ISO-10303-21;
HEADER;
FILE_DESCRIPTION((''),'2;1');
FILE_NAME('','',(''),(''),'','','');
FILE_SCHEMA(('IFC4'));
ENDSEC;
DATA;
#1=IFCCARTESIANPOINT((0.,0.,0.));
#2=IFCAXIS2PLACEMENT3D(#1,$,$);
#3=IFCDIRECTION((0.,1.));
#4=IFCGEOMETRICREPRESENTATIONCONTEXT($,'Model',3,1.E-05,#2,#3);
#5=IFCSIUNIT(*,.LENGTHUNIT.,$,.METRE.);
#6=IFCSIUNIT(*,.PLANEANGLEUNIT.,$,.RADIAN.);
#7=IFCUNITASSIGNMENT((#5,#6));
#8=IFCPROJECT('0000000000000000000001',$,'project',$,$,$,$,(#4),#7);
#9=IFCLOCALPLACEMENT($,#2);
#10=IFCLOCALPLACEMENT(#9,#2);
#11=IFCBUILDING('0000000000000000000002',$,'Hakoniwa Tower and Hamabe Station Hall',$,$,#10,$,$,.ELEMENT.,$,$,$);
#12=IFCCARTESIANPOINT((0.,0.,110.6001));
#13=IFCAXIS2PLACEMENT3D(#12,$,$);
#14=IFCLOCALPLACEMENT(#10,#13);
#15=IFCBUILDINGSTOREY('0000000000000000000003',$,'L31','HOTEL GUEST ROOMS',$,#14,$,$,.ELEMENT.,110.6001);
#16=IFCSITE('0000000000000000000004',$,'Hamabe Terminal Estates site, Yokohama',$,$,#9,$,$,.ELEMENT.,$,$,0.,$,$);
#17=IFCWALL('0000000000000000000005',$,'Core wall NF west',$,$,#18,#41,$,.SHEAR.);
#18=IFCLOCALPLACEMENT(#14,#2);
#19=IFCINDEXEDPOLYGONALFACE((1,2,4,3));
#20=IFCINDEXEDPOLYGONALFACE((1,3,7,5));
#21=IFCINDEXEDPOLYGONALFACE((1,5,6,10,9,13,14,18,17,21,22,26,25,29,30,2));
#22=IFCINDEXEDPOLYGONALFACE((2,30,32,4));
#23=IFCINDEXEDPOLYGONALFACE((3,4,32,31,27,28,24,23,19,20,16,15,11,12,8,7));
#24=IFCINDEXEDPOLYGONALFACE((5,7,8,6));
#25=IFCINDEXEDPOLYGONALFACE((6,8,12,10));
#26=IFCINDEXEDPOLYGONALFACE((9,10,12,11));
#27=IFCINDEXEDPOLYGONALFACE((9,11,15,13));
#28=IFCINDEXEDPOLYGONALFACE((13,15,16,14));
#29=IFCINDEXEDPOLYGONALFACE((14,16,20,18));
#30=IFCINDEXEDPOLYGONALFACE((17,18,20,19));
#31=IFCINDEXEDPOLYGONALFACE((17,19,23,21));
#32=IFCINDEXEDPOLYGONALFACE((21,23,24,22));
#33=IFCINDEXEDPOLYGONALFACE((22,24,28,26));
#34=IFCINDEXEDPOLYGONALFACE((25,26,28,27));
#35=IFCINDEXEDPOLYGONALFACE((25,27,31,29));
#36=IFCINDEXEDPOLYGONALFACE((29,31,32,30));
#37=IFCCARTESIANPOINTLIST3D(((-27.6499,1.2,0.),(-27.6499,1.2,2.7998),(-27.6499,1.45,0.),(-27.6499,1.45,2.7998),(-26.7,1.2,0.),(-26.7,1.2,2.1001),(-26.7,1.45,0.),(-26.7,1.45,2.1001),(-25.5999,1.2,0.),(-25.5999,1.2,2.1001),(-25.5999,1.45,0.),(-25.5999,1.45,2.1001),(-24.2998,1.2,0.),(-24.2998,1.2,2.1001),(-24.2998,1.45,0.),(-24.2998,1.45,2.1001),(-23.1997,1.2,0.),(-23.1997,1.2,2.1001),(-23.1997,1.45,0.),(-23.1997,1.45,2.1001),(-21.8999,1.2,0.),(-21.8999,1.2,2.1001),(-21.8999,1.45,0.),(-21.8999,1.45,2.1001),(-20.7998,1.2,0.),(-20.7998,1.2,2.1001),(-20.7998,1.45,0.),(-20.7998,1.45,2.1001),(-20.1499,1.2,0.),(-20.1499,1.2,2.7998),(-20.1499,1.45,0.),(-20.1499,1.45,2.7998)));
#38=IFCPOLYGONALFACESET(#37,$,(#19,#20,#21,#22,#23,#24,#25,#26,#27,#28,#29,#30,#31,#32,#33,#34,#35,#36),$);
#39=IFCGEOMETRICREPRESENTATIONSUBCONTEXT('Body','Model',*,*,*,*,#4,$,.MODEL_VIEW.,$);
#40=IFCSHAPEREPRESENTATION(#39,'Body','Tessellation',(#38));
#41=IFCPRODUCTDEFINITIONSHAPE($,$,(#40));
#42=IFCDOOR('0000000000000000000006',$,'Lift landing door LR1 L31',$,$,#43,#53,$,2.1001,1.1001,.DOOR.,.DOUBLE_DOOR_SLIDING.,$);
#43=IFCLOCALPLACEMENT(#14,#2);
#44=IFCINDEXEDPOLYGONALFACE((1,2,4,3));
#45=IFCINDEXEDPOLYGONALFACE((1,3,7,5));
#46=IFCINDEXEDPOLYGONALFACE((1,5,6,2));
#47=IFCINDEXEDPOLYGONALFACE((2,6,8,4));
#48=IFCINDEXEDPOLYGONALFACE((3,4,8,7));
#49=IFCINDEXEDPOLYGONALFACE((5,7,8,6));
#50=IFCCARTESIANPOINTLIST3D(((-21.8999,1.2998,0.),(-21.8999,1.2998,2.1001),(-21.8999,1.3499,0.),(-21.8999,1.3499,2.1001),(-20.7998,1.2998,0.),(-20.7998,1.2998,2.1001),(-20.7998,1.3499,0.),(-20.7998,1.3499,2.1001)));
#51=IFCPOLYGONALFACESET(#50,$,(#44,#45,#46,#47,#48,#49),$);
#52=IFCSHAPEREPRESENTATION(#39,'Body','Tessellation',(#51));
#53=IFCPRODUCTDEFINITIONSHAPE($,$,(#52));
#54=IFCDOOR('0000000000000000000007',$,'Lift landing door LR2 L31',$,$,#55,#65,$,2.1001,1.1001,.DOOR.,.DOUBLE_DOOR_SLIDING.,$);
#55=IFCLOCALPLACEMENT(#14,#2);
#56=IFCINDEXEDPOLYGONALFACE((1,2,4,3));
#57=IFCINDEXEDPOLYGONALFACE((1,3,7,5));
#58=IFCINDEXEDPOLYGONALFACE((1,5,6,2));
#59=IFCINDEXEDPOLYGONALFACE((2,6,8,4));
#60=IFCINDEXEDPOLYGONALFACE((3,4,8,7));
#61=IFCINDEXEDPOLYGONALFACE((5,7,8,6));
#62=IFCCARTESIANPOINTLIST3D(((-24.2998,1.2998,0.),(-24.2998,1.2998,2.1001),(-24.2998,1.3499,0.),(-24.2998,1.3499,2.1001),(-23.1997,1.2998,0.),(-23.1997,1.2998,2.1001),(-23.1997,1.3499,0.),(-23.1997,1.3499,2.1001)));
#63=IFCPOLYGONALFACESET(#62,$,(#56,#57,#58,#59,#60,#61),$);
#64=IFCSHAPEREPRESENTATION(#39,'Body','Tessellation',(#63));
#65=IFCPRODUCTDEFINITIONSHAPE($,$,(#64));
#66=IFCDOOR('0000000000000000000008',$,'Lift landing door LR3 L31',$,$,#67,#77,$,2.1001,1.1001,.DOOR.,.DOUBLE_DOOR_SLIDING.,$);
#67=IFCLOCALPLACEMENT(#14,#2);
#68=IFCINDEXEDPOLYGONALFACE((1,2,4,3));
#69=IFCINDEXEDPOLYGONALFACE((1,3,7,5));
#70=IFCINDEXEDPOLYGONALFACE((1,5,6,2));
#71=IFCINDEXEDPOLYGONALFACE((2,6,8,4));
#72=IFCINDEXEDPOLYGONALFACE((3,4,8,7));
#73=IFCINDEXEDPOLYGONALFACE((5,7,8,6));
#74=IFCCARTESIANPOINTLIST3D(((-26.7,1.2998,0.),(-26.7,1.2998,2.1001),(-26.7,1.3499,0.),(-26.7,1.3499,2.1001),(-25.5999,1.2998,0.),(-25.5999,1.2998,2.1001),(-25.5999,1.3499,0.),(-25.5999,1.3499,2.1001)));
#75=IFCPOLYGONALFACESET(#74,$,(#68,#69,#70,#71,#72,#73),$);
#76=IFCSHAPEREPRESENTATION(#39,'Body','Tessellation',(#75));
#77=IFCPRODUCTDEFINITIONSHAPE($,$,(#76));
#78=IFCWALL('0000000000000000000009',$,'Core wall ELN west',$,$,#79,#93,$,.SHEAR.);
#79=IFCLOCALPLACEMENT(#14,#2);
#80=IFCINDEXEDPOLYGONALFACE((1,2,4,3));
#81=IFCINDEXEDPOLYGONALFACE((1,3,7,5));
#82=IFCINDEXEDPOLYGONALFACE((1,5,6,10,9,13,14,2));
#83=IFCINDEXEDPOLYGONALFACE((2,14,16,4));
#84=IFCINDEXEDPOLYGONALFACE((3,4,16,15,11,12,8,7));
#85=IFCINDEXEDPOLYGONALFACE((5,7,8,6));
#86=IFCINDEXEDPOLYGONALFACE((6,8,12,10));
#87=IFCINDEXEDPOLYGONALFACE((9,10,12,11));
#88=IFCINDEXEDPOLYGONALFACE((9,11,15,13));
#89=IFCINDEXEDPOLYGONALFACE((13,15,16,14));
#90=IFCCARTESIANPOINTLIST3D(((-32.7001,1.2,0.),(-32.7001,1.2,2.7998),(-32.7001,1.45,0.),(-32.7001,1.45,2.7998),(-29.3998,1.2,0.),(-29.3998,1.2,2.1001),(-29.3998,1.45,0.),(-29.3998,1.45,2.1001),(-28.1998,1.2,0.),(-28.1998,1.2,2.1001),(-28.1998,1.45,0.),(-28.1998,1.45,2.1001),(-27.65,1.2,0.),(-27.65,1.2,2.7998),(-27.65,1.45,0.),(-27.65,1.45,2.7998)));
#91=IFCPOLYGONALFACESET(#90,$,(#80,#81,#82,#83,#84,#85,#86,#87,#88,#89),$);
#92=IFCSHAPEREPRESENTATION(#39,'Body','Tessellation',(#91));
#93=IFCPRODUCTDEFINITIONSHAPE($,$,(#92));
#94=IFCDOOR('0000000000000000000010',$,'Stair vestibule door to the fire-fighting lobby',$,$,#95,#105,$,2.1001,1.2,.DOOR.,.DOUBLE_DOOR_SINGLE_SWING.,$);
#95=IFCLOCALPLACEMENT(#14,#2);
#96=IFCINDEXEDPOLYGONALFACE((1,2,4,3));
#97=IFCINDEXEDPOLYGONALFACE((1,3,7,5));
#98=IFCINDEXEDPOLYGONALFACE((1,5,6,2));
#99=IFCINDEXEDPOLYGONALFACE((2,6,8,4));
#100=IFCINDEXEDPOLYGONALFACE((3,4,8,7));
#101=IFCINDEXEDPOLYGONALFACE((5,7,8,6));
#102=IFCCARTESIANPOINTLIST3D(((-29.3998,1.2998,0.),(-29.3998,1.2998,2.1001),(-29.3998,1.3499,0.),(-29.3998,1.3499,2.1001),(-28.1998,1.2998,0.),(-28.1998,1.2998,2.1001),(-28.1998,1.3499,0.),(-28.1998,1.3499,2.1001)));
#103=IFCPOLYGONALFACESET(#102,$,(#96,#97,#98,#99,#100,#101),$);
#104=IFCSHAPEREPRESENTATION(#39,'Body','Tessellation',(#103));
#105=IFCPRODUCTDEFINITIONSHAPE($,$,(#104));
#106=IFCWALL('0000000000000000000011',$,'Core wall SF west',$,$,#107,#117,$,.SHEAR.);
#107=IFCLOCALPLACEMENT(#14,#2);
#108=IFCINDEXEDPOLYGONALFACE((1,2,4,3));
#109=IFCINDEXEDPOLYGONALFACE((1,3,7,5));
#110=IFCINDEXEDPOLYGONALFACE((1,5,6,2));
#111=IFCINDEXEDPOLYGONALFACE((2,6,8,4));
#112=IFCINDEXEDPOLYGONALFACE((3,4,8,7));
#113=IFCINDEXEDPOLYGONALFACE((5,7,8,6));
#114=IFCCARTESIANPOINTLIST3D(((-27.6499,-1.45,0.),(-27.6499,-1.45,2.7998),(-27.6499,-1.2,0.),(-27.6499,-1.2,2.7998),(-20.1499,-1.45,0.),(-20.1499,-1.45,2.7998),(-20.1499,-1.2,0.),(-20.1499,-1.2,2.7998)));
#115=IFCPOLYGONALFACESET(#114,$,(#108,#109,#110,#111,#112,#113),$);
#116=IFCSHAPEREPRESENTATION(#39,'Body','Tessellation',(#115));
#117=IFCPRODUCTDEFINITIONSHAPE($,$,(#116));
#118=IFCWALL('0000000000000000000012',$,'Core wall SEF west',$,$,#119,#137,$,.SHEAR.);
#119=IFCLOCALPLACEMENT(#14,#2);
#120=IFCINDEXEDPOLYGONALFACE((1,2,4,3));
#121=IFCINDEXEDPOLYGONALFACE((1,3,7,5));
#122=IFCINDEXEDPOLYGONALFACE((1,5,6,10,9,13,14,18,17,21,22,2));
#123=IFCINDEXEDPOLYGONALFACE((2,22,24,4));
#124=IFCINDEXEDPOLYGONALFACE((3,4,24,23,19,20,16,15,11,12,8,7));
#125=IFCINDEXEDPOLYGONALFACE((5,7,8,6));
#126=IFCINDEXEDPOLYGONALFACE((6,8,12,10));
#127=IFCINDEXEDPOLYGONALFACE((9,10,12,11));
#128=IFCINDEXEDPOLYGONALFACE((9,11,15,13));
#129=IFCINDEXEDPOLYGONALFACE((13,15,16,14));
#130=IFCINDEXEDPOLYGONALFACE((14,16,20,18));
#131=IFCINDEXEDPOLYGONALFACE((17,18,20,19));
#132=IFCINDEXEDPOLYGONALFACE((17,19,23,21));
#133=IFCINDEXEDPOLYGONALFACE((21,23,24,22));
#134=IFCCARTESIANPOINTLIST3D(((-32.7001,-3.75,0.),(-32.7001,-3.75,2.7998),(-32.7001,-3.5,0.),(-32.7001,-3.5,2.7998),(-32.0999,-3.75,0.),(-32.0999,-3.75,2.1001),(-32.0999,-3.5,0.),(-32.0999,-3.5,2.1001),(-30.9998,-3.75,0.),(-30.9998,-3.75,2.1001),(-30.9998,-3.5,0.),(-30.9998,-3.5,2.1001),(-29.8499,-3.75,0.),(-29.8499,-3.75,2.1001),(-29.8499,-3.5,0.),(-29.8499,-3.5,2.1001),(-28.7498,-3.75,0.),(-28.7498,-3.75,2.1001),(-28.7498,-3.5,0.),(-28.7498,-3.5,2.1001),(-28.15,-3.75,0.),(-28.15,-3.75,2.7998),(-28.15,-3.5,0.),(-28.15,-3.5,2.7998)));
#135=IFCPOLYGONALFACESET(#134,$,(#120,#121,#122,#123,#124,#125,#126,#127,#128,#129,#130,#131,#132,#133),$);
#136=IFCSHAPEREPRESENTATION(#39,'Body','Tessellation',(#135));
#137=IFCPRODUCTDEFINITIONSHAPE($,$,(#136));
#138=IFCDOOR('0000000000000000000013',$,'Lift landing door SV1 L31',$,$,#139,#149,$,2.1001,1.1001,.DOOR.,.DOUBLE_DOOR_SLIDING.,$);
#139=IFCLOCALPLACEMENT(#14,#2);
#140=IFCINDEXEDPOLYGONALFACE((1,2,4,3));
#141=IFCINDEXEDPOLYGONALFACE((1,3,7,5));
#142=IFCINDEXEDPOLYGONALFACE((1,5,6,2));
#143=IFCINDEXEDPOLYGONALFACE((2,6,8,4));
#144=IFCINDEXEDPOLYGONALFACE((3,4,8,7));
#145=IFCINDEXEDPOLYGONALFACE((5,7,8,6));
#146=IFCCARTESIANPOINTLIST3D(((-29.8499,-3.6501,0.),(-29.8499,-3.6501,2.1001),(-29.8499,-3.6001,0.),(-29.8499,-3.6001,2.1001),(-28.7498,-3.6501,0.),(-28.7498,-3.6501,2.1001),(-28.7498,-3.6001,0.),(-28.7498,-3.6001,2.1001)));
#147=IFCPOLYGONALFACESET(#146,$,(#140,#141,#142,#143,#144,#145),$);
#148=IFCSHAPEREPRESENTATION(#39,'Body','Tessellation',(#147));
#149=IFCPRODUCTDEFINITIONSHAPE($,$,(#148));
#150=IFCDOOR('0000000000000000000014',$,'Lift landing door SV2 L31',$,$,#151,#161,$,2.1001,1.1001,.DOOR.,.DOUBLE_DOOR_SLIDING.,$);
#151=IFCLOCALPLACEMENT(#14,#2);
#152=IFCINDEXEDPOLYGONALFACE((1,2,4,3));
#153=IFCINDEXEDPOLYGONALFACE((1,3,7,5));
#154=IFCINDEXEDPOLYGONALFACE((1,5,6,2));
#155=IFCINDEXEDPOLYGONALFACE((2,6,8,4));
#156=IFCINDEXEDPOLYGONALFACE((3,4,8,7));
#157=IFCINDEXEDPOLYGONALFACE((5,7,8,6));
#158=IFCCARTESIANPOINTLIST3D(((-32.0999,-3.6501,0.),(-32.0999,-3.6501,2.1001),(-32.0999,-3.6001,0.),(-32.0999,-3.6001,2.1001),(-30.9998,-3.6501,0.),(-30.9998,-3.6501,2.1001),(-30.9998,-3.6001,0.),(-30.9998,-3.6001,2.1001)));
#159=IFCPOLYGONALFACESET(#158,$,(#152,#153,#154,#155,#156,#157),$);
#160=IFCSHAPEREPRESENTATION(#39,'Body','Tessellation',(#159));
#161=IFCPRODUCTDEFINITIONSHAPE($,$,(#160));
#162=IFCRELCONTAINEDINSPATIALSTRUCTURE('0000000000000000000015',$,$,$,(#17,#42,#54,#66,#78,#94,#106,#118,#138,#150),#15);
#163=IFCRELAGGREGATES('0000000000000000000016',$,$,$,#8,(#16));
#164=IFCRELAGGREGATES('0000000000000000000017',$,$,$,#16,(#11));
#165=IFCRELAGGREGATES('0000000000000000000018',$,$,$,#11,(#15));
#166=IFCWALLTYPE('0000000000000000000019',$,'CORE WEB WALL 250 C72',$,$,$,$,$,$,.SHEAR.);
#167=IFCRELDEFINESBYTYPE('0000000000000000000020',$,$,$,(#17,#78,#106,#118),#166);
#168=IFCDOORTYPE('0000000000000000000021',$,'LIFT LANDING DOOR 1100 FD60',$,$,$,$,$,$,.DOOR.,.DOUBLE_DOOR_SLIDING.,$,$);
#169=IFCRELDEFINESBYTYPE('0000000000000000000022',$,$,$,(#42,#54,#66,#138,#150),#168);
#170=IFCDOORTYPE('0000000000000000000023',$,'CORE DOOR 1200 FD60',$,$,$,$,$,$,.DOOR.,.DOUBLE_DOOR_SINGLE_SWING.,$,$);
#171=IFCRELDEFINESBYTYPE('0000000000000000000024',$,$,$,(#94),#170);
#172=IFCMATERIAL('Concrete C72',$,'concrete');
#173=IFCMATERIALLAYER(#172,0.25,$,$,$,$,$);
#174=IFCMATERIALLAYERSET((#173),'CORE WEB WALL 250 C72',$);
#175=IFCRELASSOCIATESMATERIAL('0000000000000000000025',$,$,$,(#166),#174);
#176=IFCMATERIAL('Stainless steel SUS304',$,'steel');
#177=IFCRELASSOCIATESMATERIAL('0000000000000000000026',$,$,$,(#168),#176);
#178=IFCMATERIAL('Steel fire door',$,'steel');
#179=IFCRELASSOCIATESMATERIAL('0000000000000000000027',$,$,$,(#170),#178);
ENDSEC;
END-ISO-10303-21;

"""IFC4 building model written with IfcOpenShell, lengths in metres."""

from ifc_helpers import new_model, si_unit, direction, frame, frame_2d, origin, place, context, subcontext, project, spatial, rectangle, extrude, material, layer, layer_set, type_object, element, fill, save


model = new_model("IFC4")

# Units and contexts
model_context = context("Model", 3, precision=1e-05, world=origin(), true_north=direction((0.0, 1.0)))
body_context = subcontext(model_context, "Body", "Model", "MODEL_VIEW")
ifc_project = project(units=[si_unit("LENGTHUNIT", "METRE"), si_unit("PLANEANGLEUNIT", "RADIAN")], contexts=[model_context])

# Site, building, storey
site_placement = place(None, origin())
site = spatial("IfcSite", under=ifc_project, at=site_placement, Name="Hamabe Terminal Estates site, Yokohama", CompositionType="ELEMENT", RefElevation=0.0)
building_placement = place(site_placement, origin())
building = spatial("IfcBuilding", under=site, at=building_placement, Name="Hakoniwa Tower and Hamabe Station Hall", CompositionType="ELEMENT")
storey_placement = place(building_placement, frame((0.0, 0.0, 110.6001)))
storey = spatial("IfcBuildingStorey", under=building, at=storey_placement, Name="L31", Description="HOTEL GUEST ROOMS", CompositionType="ELEMENT", Elevation=110.6001)

# Wall, openings, doors
ifc_material_1 = material(Name="Concrete C72", Category="concrete")
ifc_layer_1 = layer(ifc_material_1, 0.25)
ifc_layer_set_1 = layer_set([ifc_layer_1], Name="CORE WEB WALL 250 C72")
wall_type_1 = type_object("IfcWallType", Name="CORE WEB WALL 250 C72", PredefinedType="SHEAR", material=ifc_layer_set_1)
wall_1_placement = place(storey_placement, frame((-27.6499, 1.325, 0.0), z_axis=(0.0, 0.0, 1.0), x_axis=(1.0, 0.0, 0.0)))
wall_1 = element("IfcWall", 1, at=wall_1_placement, inside=storey, type_object=wall_type_1, Name="Core wall NF west", PredefinedType="SHEAR", context=body_context, shape_type="SweptSolid", body=[
    extrude(rectangle(XDim=7.5, YDim=0.25, at=frame_2d((3.75, 0.0))), origin(), (0.0, 0.0, 1.0), 2.7998),
])
opening_1_placement = place(wall_1_placement, frame((5.75, 0.0, 0.0)))
opening_1 = element("IfcOpeningElement", 2, at=opening_1_placement, cuts=wall_1, PredefinedType="OPENING", context=body_context, shape_type="SweptSolid", body=[
    extrude(rectangle(XDim=1.1001, YDim=2.1001, at=frame_2d((0.55, 1.05))), frame((0.0, 0.135, 0.0), z_axis=(0.0, -1.0, 0.0), x_axis=(1.0, 0.0, 0.0)), (0.0, 0.0, 1.0), 0.27),
])
opening_2_placement = place(wall_1_placement, frame((3.3501, 0.0, 0.0)))
opening_2 = element("IfcOpeningElement", 3, at=opening_2_placement, cuts=wall_1, PredefinedType="OPENING", context=body_context, shape_type="SweptSolid", body=[
    extrude(rectangle(XDim=1.1001, YDim=2.1001, at=frame_2d((0.55, 1.05))), frame((0.0, 0.135, 0.0), z_axis=(0.0, -1.0, 0.0), x_axis=(1.0, 0.0, 0.0)), (0.0, 0.0, 1.0), 0.27),
])
opening_3_placement = place(wall_1_placement, frame((0.95, 0.0, 0.0)))
opening_3 = element("IfcOpeningElement", 4, at=opening_3_placement, cuts=wall_1, PredefinedType="OPENING", context=body_context, shape_type="SweptSolid", body=[
    extrude(rectangle(XDim=1.1001, YDim=2.1001, at=frame_2d((0.55, 1.05))), frame((0.0, 0.135, 0.0), z_axis=(0.0, -1.0, 0.0), x_axis=(1.0, 0.0, 0.0)), (0.0, 0.0, 1.0), 0.27),
])
ifc_material_2 = material(Name="Stainless steel SUS304", Category="steel")
door_type_1 = type_object("IfcDoorType", Name="LIFT LANDING DOOR 1100 FD60", OperationType="DOUBLE_DOOR_SLIDING", PredefinedType="DOOR", material=ifc_material_2)
door_1_placement = place(opening_1_placement, origin())
door_1 = element("IfcDoor", 5, at=door_1_placement, inside=storey, type_object=door_type_1, Name="Lift landing door LR1 L31", OperationType="DOUBLE_DOOR_SLIDING", OverallHeight=2.1001, OverallWidth=1.1001, PredefinedType="DOOR", context=body_context, shape_type="SweptSolid", body=[
    extrude(rectangle(XDim=1.1001, YDim=2.1001, at=frame_2d((0.55, 1.05))), frame((0.0, 0.0249, 0.0), z_axis=(0.0, -1.0, 0.0), x_axis=(1.0, 0.0, 0.0)), (0.0, 0.0, 1.0), 0.05),
])
fill(opening_1, door_1)
door_2_placement = place(opening_2_placement, origin())
door_2 = element("IfcDoor", 6, at=door_2_placement, inside=storey, type_object=door_type_1, Name="Lift landing door LR2 L31", OperationType="DOUBLE_DOOR_SLIDING", OverallHeight=2.1001, OverallWidth=1.1001, PredefinedType="DOOR", context=body_context, shape_type="SweptSolid", body=[
    extrude(rectangle(XDim=1.1001, YDim=2.1001, at=frame_2d((0.55, 1.05))), frame((0.0, 0.0249, 0.0), z_axis=(0.0, -1.0, 0.0), x_axis=(1.0, 0.0, 0.0)), (0.0, 0.0, 1.0), 0.05),
])
fill(opening_2, door_2)
door_3_placement = place(opening_3_placement, origin())
door_3 = element("IfcDoor", 7, at=door_3_placement, inside=storey, type_object=door_type_1, Name="Lift landing door LR3 L31", OperationType="DOUBLE_DOOR_SLIDING", OverallHeight=2.1001, OverallWidth=1.1001, PredefinedType="DOOR", context=body_context, shape_type="SweptSolid", body=[
    extrude(rectangle(XDim=1.1001, YDim=2.1001, at=frame_2d((0.55, 1.05))), frame((0.0, 0.0249, 0.0), z_axis=(0.0, -1.0, 0.0), x_axis=(1.0, 0.0, 0.0)), (0.0, 0.0, 1.0), 0.05),
])
fill(opening_3, door_3)

# Wall, opening, door
wall_2_placement = place(storey_placement, frame((-32.7, 1.325, 0.0), z_axis=(0.0, 0.0, 1.0), x_axis=(1.0, 0.0, 0.0)))
wall_2 = element("IfcWall", 8, at=wall_2_placement, inside=storey, type_object=wall_type_1, Name="Core wall ELN west", PredefinedType="SHEAR", context=body_context, shape_type="SweptSolid", body=[
    extrude(rectangle(XDim=5.05, YDim=0.25, at=frame_2d((2.5249, 0.0))), origin(), (0.0, 0.0, 1.0), 2.7998),
])
opening_4_placement = place(wall_2_placement, frame((3.3, 0.0, 0.0)))
opening_4 = element("IfcOpeningElement", 9, at=opening_4_placement, cuts=wall_2, PredefinedType="OPENING", context=body_context, shape_type="SweptSolid", body=[
    extrude(rectangle(XDim=1.2, YDim=2.1001, at=frame_2d((0.6001, 1.05))), frame((0.0, 0.135, 0.0), z_axis=(0.0, -1.0, 0.0), x_axis=(1.0, 0.0, 0.0)), (0.0, 0.0, 1.0), 0.27),
])
ifc_material_3 = material(Name="Steel fire door", Category="steel")
door_type_2 = type_object("IfcDoorType", Name="CORE DOOR 1200 FD60", OperationType="DOUBLE_DOOR_SINGLE_SWING", PredefinedType="DOOR", material=ifc_material_3)
door_4_placement = place(opening_4_placement, origin())
door_4 = element("IfcDoor", 10, at=door_4_placement, inside=storey, type_object=door_type_2, Name="Stair vestibule door to the fire-fighting lobby", OperationType="DOUBLE_DOOR_SINGLE_SWING", OverallHeight=2.1001, OverallWidth=1.2, PredefinedType="DOOR", context=body_context, shape_type="SweptSolid", body=[
    extrude(rectangle(XDim=1.2, YDim=2.1001, at=frame_2d((0.6001, 1.05))), frame((0.0, 0.0249, 0.0), z_axis=(0.0, -1.0, 0.0), x_axis=(1.0, 0.0, 0.0)), (0.0, 0.0, 1.0), 0.05),
])
fill(opening_4, door_4)

# Wall
wall_3_placement = place(storey_placement, frame((-27.6499, -1.325, 0.0), z_axis=(0.0, 0.0, 1.0), x_axis=(1.0, 0.0, 0.0)))
element("IfcWall", 11, at=wall_3_placement, inside=storey, type_object=wall_type_1, Name="Core wall SF west", PredefinedType="SHEAR", context=body_context, shape_type="SweptSolid", body=[
    extrude(rectangle(XDim=7.5, YDim=0.25, at=frame_2d((3.75, 0.0))), origin(), (0.0, 0.0, 1.0), 2.7998),
])

# Wall, openings, doors
wall_4_placement = place(storey_placement, frame((-32.7, -3.625, 0.0), z_axis=(0.0, 0.0, 1.0), x_axis=(1.0, 0.0, 0.0)))
wall_4 = element("IfcWall", 12, at=wall_4_placement, inside=storey, type_object=wall_type_1, Name="Core wall SEF west", PredefinedType="SHEAR", context=body_context, shape_type="SweptSolid", body=[
    extrude(rectangle(XDim=4.55, YDim=0.25, at=frame_2d((2.2749, 0.0))), origin(), (0.0, 0.0, 1.0), 2.7998),
])
opening_5_placement = place(wall_4_placement, frame((2.8501, 0.0, 0.0)))
opening_5 = element("IfcOpeningElement", 13, at=opening_5_placement, cuts=wall_4, PredefinedType="OPENING", context=body_context, shape_type="SweptSolid", body=[
    extrude(rectangle(XDim=1.1001, YDim=2.1001, at=frame_2d((0.55, 1.05))), frame((0.0, 0.135, 0.0), z_axis=(0.0, -1.0, 0.0), x_axis=(1.0, 0.0, 0.0)), (0.0, 0.0, 1.0), 0.27),
])
opening_6_placement = place(wall_4_placement, frame((0.6001, 0.0, 0.0)))
opening_6 = element("IfcOpeningElement", 14, at=opening_6_placement, cuts=wall_4, PredefinedType="OPENING", context=body_context, shape_type="SweptSolid", body=[
    extrude(rectangle(XDim=1.1001, YDim=2.1001, at=frame_2d((0.55, 1.05))), frame((0.0, 0.135, 0.0), z_axis=(0.0, -1.0, 0.0), x_axis=(1.0, 0.0, 0.0)), (0.0, 0.0, 1.0), 0.27),
])
door_5_placement = place(opening_5_placement, origin())
door_5 = element("IfcDoor", 15, at=door_5_placement, inside=storey, type_object=door_type_1, Name="Lift landing door SV1 L31", OperationType="DOUBLE_DOOR_SLIDING", OverallHeight=2.1001, OverallWidth=1.1001, PredefinedType="DOOR", context=body_context, shape_type="SweptSolid", body=[
    extrude(rectangle(XDim=1.1001, YDim=2.1001, at=frame_2d((0.55, 1.05))), frame((0.0, 0.0249, 0.0), z_axis=(0.0, -1.0, 0.0), x_axis=(1.0, 0.0, 0.0)), (0.0, 0.0, 1.0), 0.05),
])
fill(opening_5, door_5)
door_6_placement = place(opening_6_placement, origin())
door_6 = element("IfcDoor", 16, at=door_6_placement, inside=storey, type_object=door_type_1, Name="Lift landing door SV2 L31", OperationType="DOUBLE_DOOR_SLIDING", OverallHeight=2.1001, OverallWidth=1.1001, PredefinedType="DOOR", context=body_context, shape_type="SweptSolid", body=[
    extrude(rectangle(XDim=1.1001, YDim=2.1001, at=frame_2d((0.55, 1.05))), frame((0.0, 0.0249, 0.0), z_axis=(0.0, -1.0, 0.0), x_axis=(1.0, 0.0, 0.0)), (0.0, 0.0, 1.0), 0.05),
])
fill(opening_6, door_6)

save(model, "model.ifc")
